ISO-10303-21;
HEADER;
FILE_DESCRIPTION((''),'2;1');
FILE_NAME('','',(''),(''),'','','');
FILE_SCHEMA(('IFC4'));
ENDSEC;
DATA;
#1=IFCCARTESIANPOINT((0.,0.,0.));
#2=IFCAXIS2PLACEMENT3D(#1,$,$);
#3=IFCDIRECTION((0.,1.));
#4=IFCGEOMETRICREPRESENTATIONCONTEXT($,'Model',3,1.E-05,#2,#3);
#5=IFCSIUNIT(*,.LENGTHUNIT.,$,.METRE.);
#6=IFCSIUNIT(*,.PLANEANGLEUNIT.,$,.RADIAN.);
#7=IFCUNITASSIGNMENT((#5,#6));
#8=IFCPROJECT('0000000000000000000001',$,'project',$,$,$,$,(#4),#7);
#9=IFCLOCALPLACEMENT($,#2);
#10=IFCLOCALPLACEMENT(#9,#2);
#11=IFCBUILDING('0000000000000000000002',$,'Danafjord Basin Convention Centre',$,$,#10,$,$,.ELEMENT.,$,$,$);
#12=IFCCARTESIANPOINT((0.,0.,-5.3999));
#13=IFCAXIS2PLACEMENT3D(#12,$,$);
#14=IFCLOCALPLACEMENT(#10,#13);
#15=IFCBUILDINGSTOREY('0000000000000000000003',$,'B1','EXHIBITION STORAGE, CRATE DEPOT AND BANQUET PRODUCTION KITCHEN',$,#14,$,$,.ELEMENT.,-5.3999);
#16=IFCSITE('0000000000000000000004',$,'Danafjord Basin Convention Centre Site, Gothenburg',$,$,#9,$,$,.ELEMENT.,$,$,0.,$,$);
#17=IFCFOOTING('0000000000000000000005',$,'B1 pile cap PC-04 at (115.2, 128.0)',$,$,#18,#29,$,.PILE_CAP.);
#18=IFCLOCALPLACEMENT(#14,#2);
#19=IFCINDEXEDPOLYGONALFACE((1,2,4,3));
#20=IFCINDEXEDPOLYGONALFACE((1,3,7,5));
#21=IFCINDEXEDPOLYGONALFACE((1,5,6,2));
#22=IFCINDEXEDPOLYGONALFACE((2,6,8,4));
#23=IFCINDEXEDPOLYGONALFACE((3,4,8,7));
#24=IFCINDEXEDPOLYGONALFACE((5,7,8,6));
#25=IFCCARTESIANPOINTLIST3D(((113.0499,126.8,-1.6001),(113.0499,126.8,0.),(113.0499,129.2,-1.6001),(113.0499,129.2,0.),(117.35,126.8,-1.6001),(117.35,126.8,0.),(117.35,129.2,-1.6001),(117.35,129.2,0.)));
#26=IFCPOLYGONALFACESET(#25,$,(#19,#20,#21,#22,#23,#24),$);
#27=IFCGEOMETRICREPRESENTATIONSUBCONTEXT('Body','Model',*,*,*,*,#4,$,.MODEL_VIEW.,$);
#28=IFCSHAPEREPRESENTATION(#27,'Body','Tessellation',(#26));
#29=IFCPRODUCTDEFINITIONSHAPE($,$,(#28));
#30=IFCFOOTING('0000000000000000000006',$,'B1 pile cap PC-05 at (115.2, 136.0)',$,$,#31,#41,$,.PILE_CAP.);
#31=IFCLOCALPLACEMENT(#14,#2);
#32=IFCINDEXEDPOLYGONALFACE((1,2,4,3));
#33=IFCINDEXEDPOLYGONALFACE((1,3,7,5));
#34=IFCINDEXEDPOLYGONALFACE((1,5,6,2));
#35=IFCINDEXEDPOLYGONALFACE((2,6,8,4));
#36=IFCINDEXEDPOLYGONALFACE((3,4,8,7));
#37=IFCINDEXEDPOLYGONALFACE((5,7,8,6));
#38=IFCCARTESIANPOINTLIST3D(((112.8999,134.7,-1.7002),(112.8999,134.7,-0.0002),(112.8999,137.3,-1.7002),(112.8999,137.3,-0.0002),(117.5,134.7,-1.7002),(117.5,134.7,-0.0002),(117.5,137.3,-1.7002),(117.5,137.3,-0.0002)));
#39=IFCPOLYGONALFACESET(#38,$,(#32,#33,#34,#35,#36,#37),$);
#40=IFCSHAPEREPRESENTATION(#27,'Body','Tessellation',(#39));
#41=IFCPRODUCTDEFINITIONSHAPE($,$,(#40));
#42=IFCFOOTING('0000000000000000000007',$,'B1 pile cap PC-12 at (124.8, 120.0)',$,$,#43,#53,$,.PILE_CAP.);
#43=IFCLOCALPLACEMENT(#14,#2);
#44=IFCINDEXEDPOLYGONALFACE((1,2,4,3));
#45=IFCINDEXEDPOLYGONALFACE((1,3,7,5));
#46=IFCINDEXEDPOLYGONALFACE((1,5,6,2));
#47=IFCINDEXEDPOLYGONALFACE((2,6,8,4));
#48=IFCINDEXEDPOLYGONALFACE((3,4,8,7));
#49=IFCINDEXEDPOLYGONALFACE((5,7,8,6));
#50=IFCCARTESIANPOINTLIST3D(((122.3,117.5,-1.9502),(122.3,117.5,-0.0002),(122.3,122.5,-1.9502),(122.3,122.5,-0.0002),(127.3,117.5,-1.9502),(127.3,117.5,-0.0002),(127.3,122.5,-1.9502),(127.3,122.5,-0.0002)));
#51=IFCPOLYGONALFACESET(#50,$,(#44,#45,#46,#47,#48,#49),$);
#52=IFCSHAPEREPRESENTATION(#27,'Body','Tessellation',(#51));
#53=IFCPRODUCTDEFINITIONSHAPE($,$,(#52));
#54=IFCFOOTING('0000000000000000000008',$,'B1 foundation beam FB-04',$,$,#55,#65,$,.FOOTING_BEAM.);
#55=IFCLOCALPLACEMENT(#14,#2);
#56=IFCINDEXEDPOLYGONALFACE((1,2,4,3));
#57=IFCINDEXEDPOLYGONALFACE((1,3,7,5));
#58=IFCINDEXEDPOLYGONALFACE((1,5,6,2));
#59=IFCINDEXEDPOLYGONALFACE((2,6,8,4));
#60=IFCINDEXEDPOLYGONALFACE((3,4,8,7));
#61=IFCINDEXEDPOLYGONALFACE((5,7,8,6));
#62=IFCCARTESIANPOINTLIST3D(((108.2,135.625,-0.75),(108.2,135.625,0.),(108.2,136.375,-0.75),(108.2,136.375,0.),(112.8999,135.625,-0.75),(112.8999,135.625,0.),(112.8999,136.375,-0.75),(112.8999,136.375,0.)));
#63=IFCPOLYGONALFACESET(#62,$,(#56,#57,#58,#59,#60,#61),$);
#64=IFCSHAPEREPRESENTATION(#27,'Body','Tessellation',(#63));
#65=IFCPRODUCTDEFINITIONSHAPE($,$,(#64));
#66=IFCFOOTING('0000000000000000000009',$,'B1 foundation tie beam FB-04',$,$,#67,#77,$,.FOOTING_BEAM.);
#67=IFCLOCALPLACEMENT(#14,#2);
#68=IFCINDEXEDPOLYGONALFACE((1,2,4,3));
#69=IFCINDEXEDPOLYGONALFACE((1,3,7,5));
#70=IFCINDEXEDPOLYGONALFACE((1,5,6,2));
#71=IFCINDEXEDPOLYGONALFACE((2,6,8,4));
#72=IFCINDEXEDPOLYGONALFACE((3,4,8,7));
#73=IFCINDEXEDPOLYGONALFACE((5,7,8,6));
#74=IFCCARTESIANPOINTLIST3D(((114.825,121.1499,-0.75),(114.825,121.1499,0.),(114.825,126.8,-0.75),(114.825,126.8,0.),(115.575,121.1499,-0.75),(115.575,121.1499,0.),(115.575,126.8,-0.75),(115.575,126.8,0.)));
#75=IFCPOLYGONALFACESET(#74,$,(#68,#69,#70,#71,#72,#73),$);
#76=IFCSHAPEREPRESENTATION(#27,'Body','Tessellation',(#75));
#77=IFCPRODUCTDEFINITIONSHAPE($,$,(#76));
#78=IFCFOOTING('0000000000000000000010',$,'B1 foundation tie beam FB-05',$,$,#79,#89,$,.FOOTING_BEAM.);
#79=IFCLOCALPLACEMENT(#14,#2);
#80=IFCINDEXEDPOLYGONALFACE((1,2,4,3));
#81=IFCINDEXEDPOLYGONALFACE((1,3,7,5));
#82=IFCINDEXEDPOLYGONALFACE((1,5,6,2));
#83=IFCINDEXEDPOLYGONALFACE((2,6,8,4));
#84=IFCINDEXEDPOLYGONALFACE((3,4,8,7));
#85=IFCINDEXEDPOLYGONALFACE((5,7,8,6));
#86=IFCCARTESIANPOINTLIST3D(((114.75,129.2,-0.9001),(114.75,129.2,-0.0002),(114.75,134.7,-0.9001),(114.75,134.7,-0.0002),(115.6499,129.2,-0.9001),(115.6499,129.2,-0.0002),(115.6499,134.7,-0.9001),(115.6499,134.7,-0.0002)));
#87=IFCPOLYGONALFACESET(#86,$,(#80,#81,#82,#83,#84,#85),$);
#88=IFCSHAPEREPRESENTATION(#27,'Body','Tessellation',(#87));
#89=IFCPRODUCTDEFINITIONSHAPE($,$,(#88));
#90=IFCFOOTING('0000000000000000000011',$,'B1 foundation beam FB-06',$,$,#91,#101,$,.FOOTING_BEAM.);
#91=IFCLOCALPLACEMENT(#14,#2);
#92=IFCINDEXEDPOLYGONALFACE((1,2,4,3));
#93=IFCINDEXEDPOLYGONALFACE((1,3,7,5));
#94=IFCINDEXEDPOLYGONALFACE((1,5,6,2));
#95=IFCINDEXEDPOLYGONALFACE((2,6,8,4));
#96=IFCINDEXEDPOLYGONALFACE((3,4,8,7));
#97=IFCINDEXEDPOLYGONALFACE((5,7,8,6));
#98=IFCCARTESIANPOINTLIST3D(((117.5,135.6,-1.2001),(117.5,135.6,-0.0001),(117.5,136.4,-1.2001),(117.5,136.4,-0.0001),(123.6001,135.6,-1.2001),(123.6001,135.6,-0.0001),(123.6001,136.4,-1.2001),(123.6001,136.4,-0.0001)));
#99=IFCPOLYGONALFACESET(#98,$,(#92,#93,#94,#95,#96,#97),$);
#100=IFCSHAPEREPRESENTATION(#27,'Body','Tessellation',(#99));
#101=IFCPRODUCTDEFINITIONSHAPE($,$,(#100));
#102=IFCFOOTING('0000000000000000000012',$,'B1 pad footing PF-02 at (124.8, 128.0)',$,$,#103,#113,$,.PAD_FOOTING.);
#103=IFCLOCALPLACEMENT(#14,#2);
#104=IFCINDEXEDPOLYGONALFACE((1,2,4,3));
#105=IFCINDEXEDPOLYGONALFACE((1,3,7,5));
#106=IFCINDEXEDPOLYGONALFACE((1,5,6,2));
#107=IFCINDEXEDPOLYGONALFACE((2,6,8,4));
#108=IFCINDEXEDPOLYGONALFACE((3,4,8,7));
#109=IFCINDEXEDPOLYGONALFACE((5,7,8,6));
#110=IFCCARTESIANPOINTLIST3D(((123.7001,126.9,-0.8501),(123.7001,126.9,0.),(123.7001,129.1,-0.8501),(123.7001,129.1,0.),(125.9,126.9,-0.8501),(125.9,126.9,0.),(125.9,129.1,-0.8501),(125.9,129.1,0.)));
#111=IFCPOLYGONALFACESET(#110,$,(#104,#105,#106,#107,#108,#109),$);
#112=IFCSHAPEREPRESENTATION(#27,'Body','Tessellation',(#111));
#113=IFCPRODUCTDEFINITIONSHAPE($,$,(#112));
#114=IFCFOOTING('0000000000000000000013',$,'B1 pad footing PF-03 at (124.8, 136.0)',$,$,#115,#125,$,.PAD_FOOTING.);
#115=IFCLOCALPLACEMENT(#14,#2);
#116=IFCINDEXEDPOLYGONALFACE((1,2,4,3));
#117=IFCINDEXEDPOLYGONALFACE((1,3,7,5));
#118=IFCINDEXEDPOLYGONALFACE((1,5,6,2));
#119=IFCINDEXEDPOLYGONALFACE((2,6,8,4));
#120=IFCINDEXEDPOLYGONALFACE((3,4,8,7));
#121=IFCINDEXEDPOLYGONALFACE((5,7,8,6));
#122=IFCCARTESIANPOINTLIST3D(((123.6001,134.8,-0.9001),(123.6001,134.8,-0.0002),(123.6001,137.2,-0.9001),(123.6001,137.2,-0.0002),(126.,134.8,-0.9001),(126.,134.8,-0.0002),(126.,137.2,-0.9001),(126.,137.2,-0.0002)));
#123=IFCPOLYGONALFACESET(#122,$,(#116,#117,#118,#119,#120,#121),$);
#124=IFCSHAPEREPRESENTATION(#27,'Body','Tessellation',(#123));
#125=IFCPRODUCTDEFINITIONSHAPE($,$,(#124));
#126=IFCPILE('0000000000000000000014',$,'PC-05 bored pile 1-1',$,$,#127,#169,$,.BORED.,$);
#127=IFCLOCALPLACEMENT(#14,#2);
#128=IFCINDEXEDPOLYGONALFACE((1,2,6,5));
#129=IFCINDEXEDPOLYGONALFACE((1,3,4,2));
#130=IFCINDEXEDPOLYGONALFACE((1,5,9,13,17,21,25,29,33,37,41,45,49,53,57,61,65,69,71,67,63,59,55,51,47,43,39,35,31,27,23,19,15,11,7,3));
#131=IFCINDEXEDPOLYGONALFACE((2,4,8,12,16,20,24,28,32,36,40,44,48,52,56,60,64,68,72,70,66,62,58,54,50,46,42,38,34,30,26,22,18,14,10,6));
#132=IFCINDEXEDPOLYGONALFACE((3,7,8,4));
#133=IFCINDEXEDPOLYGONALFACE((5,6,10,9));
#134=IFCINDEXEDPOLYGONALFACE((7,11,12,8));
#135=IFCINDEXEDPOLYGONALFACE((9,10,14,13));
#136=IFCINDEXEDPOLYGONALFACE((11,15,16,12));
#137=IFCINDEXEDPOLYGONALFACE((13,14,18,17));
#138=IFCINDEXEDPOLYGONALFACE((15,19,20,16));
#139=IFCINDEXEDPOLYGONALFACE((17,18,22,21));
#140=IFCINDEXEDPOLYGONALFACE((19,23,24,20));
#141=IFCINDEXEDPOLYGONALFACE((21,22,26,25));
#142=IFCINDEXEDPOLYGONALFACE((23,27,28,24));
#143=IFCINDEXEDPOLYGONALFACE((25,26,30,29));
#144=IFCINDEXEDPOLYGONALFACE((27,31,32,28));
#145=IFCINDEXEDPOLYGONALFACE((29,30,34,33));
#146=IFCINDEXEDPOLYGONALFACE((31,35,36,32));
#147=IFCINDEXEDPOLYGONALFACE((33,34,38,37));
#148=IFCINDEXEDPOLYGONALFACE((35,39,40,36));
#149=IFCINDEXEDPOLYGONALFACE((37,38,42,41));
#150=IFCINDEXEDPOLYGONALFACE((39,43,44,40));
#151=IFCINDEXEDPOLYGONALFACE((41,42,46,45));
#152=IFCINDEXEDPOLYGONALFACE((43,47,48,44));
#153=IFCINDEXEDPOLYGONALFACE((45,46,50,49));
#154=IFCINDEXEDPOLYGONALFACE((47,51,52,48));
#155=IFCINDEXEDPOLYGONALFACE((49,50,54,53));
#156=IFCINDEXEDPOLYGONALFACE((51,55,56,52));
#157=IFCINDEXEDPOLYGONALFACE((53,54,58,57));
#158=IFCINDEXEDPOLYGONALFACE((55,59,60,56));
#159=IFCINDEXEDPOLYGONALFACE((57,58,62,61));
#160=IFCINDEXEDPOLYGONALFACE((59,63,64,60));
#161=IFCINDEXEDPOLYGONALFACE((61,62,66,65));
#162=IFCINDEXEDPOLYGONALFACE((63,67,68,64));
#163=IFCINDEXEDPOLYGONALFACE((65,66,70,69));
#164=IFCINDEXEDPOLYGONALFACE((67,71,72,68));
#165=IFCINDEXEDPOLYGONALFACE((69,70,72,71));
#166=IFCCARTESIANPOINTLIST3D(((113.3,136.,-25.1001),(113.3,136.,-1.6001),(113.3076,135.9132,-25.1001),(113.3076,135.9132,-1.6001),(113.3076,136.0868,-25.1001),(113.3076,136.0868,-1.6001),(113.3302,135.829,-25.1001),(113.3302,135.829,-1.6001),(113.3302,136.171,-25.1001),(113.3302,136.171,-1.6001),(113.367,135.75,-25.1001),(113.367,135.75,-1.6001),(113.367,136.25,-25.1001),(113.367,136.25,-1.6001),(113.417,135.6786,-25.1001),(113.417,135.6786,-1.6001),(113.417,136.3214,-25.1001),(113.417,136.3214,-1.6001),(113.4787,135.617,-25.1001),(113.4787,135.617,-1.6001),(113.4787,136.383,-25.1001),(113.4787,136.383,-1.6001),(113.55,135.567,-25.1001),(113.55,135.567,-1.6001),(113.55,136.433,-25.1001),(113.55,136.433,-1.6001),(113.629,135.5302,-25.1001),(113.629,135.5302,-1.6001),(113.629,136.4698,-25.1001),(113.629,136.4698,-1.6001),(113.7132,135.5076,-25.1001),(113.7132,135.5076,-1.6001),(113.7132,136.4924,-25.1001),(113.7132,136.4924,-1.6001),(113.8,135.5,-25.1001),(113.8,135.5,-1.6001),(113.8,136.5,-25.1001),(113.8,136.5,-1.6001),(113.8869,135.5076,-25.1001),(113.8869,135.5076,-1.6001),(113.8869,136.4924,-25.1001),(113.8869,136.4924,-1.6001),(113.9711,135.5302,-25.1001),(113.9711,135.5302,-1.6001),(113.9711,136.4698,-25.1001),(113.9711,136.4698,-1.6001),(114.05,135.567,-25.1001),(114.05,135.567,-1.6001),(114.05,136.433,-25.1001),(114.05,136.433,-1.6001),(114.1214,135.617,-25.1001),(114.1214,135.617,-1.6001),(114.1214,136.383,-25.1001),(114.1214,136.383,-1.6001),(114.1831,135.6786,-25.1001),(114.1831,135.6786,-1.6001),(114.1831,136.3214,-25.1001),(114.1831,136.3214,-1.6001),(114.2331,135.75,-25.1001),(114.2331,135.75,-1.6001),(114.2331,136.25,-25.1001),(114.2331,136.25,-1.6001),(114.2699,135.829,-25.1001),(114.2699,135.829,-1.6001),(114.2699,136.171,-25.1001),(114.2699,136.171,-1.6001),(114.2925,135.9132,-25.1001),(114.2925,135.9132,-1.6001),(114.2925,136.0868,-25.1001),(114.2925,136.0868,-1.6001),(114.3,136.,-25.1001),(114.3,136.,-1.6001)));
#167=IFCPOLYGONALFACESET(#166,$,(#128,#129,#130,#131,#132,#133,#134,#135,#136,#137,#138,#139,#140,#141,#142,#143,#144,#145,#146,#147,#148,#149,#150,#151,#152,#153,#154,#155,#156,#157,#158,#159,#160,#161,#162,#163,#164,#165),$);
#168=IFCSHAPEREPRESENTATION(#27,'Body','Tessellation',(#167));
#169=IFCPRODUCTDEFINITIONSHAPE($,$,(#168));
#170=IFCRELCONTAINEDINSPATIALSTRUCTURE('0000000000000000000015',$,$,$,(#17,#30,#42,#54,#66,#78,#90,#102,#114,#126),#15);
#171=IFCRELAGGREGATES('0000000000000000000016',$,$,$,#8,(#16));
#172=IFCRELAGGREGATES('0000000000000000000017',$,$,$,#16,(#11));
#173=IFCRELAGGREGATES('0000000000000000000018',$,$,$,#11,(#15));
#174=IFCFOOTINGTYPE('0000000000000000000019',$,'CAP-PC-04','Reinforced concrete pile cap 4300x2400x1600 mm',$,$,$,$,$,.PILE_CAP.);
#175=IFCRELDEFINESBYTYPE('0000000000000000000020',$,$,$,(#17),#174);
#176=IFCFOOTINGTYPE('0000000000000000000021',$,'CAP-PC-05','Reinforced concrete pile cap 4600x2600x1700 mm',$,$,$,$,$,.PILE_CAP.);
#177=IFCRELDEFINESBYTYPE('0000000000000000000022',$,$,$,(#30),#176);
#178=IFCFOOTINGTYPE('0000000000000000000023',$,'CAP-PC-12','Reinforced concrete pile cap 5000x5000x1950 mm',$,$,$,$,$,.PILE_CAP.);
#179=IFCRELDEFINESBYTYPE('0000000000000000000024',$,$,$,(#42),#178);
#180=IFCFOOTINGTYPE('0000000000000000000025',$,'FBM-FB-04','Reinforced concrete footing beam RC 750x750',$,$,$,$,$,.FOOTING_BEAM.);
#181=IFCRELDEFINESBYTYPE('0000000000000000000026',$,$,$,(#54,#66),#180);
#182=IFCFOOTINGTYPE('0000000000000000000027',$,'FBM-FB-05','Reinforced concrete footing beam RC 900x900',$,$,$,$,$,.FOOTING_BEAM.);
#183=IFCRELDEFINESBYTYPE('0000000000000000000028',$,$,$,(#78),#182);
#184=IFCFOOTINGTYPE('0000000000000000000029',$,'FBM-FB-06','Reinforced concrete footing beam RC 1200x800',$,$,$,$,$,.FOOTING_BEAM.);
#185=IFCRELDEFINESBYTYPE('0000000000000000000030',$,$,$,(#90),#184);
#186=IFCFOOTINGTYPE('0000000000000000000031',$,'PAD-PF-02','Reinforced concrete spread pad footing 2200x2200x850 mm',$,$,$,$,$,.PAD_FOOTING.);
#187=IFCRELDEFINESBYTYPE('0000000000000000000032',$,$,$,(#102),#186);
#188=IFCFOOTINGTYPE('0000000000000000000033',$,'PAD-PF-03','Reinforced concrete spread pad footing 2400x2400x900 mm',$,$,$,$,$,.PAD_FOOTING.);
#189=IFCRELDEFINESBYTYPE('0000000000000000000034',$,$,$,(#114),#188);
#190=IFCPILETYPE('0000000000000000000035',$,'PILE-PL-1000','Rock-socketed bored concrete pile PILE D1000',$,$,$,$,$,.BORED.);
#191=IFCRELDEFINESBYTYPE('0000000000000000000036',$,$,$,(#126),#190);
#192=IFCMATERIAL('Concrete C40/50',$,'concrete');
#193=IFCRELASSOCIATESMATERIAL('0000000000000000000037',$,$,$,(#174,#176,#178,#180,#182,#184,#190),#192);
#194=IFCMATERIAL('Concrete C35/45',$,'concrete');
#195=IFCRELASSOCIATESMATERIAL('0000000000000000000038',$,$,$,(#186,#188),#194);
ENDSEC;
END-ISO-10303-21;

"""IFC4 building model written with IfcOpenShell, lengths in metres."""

from ifc_helpers import new_model, si_unit, direction, frame, origin, origin_2d, place, context, subcontext, project, spatial, rectangle, circle, extrude, material, material_profile, profile_set, type_object, element, save


model = new_model("IFC4")

# Units and contexts
model_context = context("Model", 3, precision=1e-05, world=origin(), true_north=direction((0.0, 1.0)))
body_context = subcontext(model_context, "Body", "Model", "MODEL_VIEW")
ifc_project = project(units=[si_unit("LENGTHUNIT", "METRE"), si_unit("PLANEANGLEUNIT", "RADIAN")], contexts=[model_context])

# Site, building, storey
site_placement = place(None, origin())
site = spatial("IfcSite", under=ifc_project, at=site_placement, Name="Danafjord Basin Convention Centre Site, Gothenburg", CompositionType="ELEMENT", RefElevation=0.0)
building_placement = place(site_placement, origin())
building = spatial("IfcBuilding", under=site, at=building_placement, Name="Danafjord Basin Convention Centre", CompositionType="ELEMENT")
storey_placement = place(building_placement, frame((0.0, 0.0, -5.3999)))
storey = spatial("IfcBuildingStorey", under=building, at=storey_placement, Name="B1", Description="EXHIBITION STORAGE, CRATE DEPOT AND BANQUET PRODUCTION KITCHEN", CompositionType="ELEMENT", Elevation=-5.3999)

# Footings
ifc_material_1 = material(Name="Concrete C40/50", Category="concrete")
footing_type_1 = type_object("IfcFootingType", Name="CAP-PC-04", Description="Reinforced concrete pile cap 4300x2400x1600 mm", PredefinedType="PILE_CAP", material=ifc_material_1)
footing_1_placement = place(storey_placement, frame((115.2, 128.0, -1.6001), z_axis=(0.0, 0.0, 1.0), x_axis=(1.0, 0.0, 0.0)))
element("IfcFooting", 1, at=footing_1_placement, inside=storey, type_object=footing_type_1, Name="B1 pile cap PC-04 at (115.2, 128.0)", PredefinedType="PILE_CAP", context=body_context, shape_type="SweptSolid", body=[
    extrude(rectangle(XDim=4.3, YDim=2.3999, at=origin_2d()), origin(), (0.0, 0.0, 1.0), 1.6001),
])
footing_type_2 = type_object("IfcFootingType", Name="CAP-PC-05", Description="Reinforced concrete pile cap 4600x2600x1700 mm", PredefinedType="PILE_CAP", material=ifc_material_1)
footing_2_placement = place(storey_placement, frame((115.2, 136.0, -1.7002), z_axis=(0.0, 0.0, 1.0), x_axis=(1.0, 0.0, 0.0)))
element("IfcFooting", 2, at=footing_2_placement, inside=storey, type_object=footing_type_2, Name="B1 pile cap PC-05 at (115.2, 136.0)", PredefinedType="PILE_CAP", context=body_context, shape_type="SweptSolid", body=[
    extrude(rectangle(XDim=4.6001, YDim=2.6001, at=origin_2d()), origin(), (0.0, 0.0, 1.0), 1.7),
])
footing_type_3 = type_object("IfcFootingType", Name="CAP-PC-12", Description="Reinforced concrete pile cap 5000x5000x1950 mm", PredefinedType="PILE_CAP", material=ifc_material_1)
footing_3_placement = place(storey_placement, frame((124.8, 120.0, -1.9502), z_axis=(0.0, 0.0, 1.0), x_axis=(1.0, 0.0, 0.0)))
element("IfcFooting", 3, at=footing_3_placement, inside=storey, type_object=footing_type_3, Name="B1 pile cap PC-12 at (124.8, 120.0)", PredefinedType="PILE_CAP", context=body_context, shape_type="SweptSolid", body=[
    extrude(rectangle(XDim=5.0, YDim=5.0, at=origin_2d()), origin(), (0.0, 0.0, 1.0), 1.95),
])
ifc_material_profile_1 = material_profile(ifc_material_1, rectangle(XDim=0.75, YDim=0.75, at=origin_2d()), Name="RC 750x750")
ifc_profile_set_1 = profile_set([ifc_material_profile_1], Name="Concrete C40/50")
footing_type_4 = type_object("IfcFootingType", Name="FBM-FB-04", Description="Reinforced concrete footing beam RC 750x750", PredefinedType="FOOTING_BEAM", material=ifc_profile_set_1)
footing_4_placement = place(storey_placement, frame((108.2, 136.0, -0.375), z_axis=(1.0, 0.0, 0.0), x_axis=(0.0, 1.0, 0.0)))
element("IfcFooting", 4, at=footing_4_placement, inside=storey, type_object=footing_type_4, Name="B1 foundation beam FB-04", PredefinedType="FOOTING_BEAM", context=body_context, shape_type="SweptSolid", body=[
    extrude(rectangle(XDim=0.75, YDim=0.75, at=origin_2d()), origin(), (0.0, 0.0, 1.0), 4.7),
])
footing_5_placement = place(storey_placement, frame((115.2, 121.1499, -0.375), z_axis=(0.0, 1.0, 0.0), x_axis=(-1.0, 0.0, 0.0)))
element("IfcFooting", 5, at=footing_5_placement, inside=storey, type_object=footing_type_4, Name="B1 foundation tie beam FB-04", PredefinedType="FOOTING_BEAM", context=body_context, shape_type="SweptSolid", body=[
    extrude(rectangle(XDim=0.75, YDim=0.75, at=origin_2d()), origin(), (0.0, 0.0, 1.0), 5.6501),
])
ifc_material_profile_2 = material_profile(ifc_material_1, rectangle(XDim=0.8999, YDim=0.8999, at=origin_2d()), Name="RC 900x900")
ifc_profile_set_2 = profile_set([ifc_material_profile_2], Name="Concrete C40/50")
footing_type_5 = type_object("IfcFootingType", Name="FBM-FB-05", Description="Reinforced concrete footing beam RC 900x900", PredefinedType="FOOTING_BEAM", material=ifc_profile_set_2)
footing_6_placement = place(storey_placement, frame((115.2, 129.2, -0.4502), z_axis=(0.0, 1.0, 0.0), x_axis=(-1.0, 0.0, 0.0)))
element("IfcFooting", 6, at=footing_6_placement, inside=storey, type_object=footing_type_5, Name="B1 foundation tie beam FB-05", PredefinedType="FOOTING_BEAM", context=body_context, shape_type="SweptSolid", body=[
    extrude(rectangle(XDim=0.8999, YDim=0.8999, at=origin_2d()), origin(), (0.0, 0.0, 1.0), 5.5),
])
ifc_material_profile_3 = material_profile(ifc_material_1, rectangle(XDim=0.8, YDim=1.2, at=origin_2d()), Name="RC 1200x800")
ifc_profile_set_3 = profile_set([ifc_material_profile_3], Name="Concrete C40/50")
footing_type_6 = type_object("IfcFootingType", Name="FBM-FB-06", Description="Reinforced concrete footing beam RC 1200x800", PredefinedType="FOOTING_BEAM", material=ifc_profile_set_3)
footing_7_placement = place(storey_placement, frame((117.5, 136.0, -0.6001), z_axis=(1.0, 0.0, 0.0), x_axis=(0.0, 1.0, 0.0)))
element("IfcFooting", 7, at=footing_7_placement, inside=storey, type_object=footing_type_6, Name="B1 foundation beam FB-06", PredefinedType="FOOTING_BEAM", context=body_context, shape_type="SweptSolid", body=[
    extrude(rectangle(XDim=0.8, YDim=1.2, at=origin_2d()), origin(), (0.0, 0.0, 1.0), 6.1001),
])
ifc_material_2 = material(Name="Concrete C35/45", Category="concrete")
footing_type_7 = type_object("IfcFootingType", Name="PAD-PF-02", Description="Reinforced concrete spread pad footing 2200x2200x850 mm", PredefinedType="PAD_FOOTING", material=ifc_material_2)
footing_8_placement = place(storey_placement, frame((124.8, 128.0, -0.8501), z_axis=(0.0, 0.0, 1.0), x_axis=(1.0, 0.0, 0.0)))
element("IfcFooting", 8, at=footing_8_placement, inside=storey, type_object=footing_type_7, Name="B1 pad footing PF-02 at (124.8, 128.0)", PredefinedType="PAD_FOOTING", context=body_context, shape_type="SweptSolid", body=[
    extrude(rectangle(XDim=2.2, YDim=2.2, at=origin_2d()), origin(), (0.0, 0.0, 1.0), 0.8501),
])
footing_type_8 = type_object("IfcFootingType", Name="PAD-PF-03", Description="Reinforced concrete spread pad footing 2400x2400x900 mm", PredefinedType="PAD_FOOTING", material=ifc_material_2)
footing_9_placement = place(storey_placement, frame((124.8, 136.0, -0.9001), z_axis=(0.0, 0.0, 1.0), x_axis=(1.0, 0.0, 0.0)))
element("IfcFooting", 9, at=footing_9_placement, inside=storey, type_object=footing_type_8, Name="B1 pad footing PF-03 at (124.8, 136.0)", PredefinedType="PAD_FOOTING", context=body_context, shape_type="SweptSolid", body=[
    extrude(rectangle(XDim=2.3999, YDim=2.3999, at=origin_2d()), origin(), (0.0, 0.0, 1.0), 0.8999),
])

# Pile
ifc_material_profile_4 = material_profile(ifc_material_1, circle(Radius=0.5, at=origin_2d()), Name="PILE D1000")
ifc_profile_set_4 = profile_set([ifc_material_profile_4], Name="Concrete C40/50")
pile_type_1 = type_object("IfcPileType", Name="PILE-PL-1000", Description="Rock-socketed bored concrete pile PILE D1000", PredefinedType="BORED", material=ifc_profile_set_4)
for number, where, z_axis, x_axis, name in (
    (10, (113.8, 136.0, -1.6001), (0.0, 0.0, -1.0), (1.0, 0.0, 0.0), "PC-05 bored pile 1-1"),
):
    element("IfcPile", number, at=place(storey_placement, frame(where, z_axis=z_axis, x_axis=x_axis)), inside=storey, type_object=pile_type_1, Name=name, PredefinedType="BORED", context=body_context, shape_type="SweptSolid", body=[
        extrude(circle(Radius=0.5, at=origin_2d()), origin(), (0.0, 0.0, 1.0), 23.5),
    ])

save(model, "model.ifc")
